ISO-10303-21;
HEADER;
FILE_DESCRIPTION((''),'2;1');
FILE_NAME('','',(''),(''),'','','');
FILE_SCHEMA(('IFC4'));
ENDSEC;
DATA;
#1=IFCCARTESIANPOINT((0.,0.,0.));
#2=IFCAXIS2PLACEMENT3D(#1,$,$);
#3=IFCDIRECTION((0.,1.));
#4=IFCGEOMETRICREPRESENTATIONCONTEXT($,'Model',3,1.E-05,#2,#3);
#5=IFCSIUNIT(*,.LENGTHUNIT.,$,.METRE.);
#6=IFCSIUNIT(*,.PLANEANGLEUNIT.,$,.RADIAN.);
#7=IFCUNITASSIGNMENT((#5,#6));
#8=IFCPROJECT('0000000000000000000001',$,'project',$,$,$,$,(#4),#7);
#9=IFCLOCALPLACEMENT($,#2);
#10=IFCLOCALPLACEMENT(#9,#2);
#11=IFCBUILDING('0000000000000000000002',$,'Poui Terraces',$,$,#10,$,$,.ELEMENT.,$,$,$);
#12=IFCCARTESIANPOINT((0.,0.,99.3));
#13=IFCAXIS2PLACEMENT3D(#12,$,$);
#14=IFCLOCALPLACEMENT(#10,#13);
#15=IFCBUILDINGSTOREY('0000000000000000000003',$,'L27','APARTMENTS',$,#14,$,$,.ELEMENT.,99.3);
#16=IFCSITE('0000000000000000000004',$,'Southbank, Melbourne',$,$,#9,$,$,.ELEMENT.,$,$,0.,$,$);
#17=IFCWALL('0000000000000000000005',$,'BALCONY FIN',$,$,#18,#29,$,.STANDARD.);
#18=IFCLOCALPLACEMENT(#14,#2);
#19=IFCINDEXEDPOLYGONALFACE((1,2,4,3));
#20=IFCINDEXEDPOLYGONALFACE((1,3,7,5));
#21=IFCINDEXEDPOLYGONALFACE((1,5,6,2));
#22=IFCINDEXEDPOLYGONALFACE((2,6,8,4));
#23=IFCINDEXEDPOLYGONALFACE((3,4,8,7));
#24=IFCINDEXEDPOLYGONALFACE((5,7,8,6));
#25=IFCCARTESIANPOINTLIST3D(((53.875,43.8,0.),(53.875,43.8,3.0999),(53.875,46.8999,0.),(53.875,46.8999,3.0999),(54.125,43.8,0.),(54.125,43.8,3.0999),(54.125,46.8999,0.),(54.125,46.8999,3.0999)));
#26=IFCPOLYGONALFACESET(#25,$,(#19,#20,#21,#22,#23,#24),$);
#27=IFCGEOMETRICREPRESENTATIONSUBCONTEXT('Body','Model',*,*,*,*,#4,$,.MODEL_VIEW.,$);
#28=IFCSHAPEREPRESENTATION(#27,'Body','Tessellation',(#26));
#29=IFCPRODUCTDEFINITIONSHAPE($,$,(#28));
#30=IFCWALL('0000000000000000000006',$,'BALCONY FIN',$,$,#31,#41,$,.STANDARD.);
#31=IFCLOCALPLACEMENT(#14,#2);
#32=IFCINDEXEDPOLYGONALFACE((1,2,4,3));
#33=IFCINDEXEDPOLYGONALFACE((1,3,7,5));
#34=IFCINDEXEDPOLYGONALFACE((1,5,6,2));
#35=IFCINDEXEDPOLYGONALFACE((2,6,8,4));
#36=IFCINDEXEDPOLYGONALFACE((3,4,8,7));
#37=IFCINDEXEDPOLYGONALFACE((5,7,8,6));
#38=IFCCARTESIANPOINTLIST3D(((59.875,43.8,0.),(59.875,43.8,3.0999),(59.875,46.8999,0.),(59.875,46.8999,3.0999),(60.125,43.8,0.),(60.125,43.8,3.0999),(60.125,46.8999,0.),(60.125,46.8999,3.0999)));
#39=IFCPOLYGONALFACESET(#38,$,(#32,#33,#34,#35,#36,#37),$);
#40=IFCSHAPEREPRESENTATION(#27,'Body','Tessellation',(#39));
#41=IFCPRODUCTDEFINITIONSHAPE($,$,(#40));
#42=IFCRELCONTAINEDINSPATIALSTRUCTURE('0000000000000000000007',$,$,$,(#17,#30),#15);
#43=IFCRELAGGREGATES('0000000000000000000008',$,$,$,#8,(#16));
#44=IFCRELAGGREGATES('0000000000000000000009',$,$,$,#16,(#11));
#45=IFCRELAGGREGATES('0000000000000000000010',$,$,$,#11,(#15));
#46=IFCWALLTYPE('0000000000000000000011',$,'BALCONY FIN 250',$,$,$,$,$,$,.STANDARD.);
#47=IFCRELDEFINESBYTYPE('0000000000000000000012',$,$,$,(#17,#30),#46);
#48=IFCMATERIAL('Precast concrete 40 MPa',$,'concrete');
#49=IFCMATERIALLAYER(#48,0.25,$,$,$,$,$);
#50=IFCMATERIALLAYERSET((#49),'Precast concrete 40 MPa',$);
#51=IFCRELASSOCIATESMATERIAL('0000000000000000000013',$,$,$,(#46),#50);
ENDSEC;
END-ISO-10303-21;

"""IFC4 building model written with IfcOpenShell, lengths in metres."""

from ifc_helpers import new_model, si_unit, direction, frame, origin, place, context, subcontext, project, spatial, polyline, outline, extrude, source, transform, mapped, material, layer, layer_set, type_object, element, save


model = new_model("IFC4")

# Units and contexts
model_context = context("Model", 3, precision=1e-05, world=origin(), true_north=direction((0.0, 1.0)))
body_context = subcontext(model_context, "Body", "Model", "MODEL_VIEW")
ifc_project = project(units=[si_unit("LENGTHUNIT", "METRE"), si_unit("PLANEANGLEUNIT", "RADIAN")], contexts=[model_context])

# Site, building, storey
site_placement = place(None, origin())
site = spatial("IfcSite", under=ifc_project, at=site_placement, Name="Southbank, Melbourne", CompositionType="ELEMENT", RefElevation=0.0)
building_placement = place(site_placement, origin())
building = spatial("IfcBuilding", under=site, at=building_placement, Name="Poui Terraces", CompositionType="ELEMENT")
storey_placement = place(building_placement, frame((0.0, 0.0, 99.3)))
storey = spatial("IfcBuildingStorey", under=building, at=storey_placement, Name="L27", Description="APARTMENTS", CompositionType="ELEMENT", Elevation=99.3)

# Walls
ifc_material_1 = material(Name="Precast concrete 40 MPa", Category="concrete")
ifc_layer_1 = layer(ifc_material_1, 0.25)
ifc_layer_set_1 = layer_set([ifc_layer_1], Name="Precast concrete 40 MPa")
wall_type_1 = type_object("IfcWallType", Name="BALCONY FIN 250", PredefinedType="STANDARD", material=ifc_layer_set_1)
shared_shape_1 = source(origin(), body_context, "Body", "SweptSolid", [
    extrude(outline(polyline([(0.0, 0.0), (0.25, 0.0), (0.25, 3.0999), (0.0, 3.0999), (0.0, 0.0)])), origin(), (0.0, 0.0, 1.0), 3.0999),
])
for number, where, name in (
    (1, (53.875, 43.8, 0.0), "BALCONY FIN"),
    (2, (59.875, 43.8, 0.0), "BALCONY FIN"),
):
    element("IfcWall", number, at=place(storey_placement, frame(where)), inside=storey, type_object=wall_type_1, Name=name, PredefinedType="STANDARD", context=body_context, shape_type="MappedRepresentation", body=[
        mapped(shared_shape_1, transform((0.0, 0.0, 0.0))),
    ])

save(model, "model.ifc")
